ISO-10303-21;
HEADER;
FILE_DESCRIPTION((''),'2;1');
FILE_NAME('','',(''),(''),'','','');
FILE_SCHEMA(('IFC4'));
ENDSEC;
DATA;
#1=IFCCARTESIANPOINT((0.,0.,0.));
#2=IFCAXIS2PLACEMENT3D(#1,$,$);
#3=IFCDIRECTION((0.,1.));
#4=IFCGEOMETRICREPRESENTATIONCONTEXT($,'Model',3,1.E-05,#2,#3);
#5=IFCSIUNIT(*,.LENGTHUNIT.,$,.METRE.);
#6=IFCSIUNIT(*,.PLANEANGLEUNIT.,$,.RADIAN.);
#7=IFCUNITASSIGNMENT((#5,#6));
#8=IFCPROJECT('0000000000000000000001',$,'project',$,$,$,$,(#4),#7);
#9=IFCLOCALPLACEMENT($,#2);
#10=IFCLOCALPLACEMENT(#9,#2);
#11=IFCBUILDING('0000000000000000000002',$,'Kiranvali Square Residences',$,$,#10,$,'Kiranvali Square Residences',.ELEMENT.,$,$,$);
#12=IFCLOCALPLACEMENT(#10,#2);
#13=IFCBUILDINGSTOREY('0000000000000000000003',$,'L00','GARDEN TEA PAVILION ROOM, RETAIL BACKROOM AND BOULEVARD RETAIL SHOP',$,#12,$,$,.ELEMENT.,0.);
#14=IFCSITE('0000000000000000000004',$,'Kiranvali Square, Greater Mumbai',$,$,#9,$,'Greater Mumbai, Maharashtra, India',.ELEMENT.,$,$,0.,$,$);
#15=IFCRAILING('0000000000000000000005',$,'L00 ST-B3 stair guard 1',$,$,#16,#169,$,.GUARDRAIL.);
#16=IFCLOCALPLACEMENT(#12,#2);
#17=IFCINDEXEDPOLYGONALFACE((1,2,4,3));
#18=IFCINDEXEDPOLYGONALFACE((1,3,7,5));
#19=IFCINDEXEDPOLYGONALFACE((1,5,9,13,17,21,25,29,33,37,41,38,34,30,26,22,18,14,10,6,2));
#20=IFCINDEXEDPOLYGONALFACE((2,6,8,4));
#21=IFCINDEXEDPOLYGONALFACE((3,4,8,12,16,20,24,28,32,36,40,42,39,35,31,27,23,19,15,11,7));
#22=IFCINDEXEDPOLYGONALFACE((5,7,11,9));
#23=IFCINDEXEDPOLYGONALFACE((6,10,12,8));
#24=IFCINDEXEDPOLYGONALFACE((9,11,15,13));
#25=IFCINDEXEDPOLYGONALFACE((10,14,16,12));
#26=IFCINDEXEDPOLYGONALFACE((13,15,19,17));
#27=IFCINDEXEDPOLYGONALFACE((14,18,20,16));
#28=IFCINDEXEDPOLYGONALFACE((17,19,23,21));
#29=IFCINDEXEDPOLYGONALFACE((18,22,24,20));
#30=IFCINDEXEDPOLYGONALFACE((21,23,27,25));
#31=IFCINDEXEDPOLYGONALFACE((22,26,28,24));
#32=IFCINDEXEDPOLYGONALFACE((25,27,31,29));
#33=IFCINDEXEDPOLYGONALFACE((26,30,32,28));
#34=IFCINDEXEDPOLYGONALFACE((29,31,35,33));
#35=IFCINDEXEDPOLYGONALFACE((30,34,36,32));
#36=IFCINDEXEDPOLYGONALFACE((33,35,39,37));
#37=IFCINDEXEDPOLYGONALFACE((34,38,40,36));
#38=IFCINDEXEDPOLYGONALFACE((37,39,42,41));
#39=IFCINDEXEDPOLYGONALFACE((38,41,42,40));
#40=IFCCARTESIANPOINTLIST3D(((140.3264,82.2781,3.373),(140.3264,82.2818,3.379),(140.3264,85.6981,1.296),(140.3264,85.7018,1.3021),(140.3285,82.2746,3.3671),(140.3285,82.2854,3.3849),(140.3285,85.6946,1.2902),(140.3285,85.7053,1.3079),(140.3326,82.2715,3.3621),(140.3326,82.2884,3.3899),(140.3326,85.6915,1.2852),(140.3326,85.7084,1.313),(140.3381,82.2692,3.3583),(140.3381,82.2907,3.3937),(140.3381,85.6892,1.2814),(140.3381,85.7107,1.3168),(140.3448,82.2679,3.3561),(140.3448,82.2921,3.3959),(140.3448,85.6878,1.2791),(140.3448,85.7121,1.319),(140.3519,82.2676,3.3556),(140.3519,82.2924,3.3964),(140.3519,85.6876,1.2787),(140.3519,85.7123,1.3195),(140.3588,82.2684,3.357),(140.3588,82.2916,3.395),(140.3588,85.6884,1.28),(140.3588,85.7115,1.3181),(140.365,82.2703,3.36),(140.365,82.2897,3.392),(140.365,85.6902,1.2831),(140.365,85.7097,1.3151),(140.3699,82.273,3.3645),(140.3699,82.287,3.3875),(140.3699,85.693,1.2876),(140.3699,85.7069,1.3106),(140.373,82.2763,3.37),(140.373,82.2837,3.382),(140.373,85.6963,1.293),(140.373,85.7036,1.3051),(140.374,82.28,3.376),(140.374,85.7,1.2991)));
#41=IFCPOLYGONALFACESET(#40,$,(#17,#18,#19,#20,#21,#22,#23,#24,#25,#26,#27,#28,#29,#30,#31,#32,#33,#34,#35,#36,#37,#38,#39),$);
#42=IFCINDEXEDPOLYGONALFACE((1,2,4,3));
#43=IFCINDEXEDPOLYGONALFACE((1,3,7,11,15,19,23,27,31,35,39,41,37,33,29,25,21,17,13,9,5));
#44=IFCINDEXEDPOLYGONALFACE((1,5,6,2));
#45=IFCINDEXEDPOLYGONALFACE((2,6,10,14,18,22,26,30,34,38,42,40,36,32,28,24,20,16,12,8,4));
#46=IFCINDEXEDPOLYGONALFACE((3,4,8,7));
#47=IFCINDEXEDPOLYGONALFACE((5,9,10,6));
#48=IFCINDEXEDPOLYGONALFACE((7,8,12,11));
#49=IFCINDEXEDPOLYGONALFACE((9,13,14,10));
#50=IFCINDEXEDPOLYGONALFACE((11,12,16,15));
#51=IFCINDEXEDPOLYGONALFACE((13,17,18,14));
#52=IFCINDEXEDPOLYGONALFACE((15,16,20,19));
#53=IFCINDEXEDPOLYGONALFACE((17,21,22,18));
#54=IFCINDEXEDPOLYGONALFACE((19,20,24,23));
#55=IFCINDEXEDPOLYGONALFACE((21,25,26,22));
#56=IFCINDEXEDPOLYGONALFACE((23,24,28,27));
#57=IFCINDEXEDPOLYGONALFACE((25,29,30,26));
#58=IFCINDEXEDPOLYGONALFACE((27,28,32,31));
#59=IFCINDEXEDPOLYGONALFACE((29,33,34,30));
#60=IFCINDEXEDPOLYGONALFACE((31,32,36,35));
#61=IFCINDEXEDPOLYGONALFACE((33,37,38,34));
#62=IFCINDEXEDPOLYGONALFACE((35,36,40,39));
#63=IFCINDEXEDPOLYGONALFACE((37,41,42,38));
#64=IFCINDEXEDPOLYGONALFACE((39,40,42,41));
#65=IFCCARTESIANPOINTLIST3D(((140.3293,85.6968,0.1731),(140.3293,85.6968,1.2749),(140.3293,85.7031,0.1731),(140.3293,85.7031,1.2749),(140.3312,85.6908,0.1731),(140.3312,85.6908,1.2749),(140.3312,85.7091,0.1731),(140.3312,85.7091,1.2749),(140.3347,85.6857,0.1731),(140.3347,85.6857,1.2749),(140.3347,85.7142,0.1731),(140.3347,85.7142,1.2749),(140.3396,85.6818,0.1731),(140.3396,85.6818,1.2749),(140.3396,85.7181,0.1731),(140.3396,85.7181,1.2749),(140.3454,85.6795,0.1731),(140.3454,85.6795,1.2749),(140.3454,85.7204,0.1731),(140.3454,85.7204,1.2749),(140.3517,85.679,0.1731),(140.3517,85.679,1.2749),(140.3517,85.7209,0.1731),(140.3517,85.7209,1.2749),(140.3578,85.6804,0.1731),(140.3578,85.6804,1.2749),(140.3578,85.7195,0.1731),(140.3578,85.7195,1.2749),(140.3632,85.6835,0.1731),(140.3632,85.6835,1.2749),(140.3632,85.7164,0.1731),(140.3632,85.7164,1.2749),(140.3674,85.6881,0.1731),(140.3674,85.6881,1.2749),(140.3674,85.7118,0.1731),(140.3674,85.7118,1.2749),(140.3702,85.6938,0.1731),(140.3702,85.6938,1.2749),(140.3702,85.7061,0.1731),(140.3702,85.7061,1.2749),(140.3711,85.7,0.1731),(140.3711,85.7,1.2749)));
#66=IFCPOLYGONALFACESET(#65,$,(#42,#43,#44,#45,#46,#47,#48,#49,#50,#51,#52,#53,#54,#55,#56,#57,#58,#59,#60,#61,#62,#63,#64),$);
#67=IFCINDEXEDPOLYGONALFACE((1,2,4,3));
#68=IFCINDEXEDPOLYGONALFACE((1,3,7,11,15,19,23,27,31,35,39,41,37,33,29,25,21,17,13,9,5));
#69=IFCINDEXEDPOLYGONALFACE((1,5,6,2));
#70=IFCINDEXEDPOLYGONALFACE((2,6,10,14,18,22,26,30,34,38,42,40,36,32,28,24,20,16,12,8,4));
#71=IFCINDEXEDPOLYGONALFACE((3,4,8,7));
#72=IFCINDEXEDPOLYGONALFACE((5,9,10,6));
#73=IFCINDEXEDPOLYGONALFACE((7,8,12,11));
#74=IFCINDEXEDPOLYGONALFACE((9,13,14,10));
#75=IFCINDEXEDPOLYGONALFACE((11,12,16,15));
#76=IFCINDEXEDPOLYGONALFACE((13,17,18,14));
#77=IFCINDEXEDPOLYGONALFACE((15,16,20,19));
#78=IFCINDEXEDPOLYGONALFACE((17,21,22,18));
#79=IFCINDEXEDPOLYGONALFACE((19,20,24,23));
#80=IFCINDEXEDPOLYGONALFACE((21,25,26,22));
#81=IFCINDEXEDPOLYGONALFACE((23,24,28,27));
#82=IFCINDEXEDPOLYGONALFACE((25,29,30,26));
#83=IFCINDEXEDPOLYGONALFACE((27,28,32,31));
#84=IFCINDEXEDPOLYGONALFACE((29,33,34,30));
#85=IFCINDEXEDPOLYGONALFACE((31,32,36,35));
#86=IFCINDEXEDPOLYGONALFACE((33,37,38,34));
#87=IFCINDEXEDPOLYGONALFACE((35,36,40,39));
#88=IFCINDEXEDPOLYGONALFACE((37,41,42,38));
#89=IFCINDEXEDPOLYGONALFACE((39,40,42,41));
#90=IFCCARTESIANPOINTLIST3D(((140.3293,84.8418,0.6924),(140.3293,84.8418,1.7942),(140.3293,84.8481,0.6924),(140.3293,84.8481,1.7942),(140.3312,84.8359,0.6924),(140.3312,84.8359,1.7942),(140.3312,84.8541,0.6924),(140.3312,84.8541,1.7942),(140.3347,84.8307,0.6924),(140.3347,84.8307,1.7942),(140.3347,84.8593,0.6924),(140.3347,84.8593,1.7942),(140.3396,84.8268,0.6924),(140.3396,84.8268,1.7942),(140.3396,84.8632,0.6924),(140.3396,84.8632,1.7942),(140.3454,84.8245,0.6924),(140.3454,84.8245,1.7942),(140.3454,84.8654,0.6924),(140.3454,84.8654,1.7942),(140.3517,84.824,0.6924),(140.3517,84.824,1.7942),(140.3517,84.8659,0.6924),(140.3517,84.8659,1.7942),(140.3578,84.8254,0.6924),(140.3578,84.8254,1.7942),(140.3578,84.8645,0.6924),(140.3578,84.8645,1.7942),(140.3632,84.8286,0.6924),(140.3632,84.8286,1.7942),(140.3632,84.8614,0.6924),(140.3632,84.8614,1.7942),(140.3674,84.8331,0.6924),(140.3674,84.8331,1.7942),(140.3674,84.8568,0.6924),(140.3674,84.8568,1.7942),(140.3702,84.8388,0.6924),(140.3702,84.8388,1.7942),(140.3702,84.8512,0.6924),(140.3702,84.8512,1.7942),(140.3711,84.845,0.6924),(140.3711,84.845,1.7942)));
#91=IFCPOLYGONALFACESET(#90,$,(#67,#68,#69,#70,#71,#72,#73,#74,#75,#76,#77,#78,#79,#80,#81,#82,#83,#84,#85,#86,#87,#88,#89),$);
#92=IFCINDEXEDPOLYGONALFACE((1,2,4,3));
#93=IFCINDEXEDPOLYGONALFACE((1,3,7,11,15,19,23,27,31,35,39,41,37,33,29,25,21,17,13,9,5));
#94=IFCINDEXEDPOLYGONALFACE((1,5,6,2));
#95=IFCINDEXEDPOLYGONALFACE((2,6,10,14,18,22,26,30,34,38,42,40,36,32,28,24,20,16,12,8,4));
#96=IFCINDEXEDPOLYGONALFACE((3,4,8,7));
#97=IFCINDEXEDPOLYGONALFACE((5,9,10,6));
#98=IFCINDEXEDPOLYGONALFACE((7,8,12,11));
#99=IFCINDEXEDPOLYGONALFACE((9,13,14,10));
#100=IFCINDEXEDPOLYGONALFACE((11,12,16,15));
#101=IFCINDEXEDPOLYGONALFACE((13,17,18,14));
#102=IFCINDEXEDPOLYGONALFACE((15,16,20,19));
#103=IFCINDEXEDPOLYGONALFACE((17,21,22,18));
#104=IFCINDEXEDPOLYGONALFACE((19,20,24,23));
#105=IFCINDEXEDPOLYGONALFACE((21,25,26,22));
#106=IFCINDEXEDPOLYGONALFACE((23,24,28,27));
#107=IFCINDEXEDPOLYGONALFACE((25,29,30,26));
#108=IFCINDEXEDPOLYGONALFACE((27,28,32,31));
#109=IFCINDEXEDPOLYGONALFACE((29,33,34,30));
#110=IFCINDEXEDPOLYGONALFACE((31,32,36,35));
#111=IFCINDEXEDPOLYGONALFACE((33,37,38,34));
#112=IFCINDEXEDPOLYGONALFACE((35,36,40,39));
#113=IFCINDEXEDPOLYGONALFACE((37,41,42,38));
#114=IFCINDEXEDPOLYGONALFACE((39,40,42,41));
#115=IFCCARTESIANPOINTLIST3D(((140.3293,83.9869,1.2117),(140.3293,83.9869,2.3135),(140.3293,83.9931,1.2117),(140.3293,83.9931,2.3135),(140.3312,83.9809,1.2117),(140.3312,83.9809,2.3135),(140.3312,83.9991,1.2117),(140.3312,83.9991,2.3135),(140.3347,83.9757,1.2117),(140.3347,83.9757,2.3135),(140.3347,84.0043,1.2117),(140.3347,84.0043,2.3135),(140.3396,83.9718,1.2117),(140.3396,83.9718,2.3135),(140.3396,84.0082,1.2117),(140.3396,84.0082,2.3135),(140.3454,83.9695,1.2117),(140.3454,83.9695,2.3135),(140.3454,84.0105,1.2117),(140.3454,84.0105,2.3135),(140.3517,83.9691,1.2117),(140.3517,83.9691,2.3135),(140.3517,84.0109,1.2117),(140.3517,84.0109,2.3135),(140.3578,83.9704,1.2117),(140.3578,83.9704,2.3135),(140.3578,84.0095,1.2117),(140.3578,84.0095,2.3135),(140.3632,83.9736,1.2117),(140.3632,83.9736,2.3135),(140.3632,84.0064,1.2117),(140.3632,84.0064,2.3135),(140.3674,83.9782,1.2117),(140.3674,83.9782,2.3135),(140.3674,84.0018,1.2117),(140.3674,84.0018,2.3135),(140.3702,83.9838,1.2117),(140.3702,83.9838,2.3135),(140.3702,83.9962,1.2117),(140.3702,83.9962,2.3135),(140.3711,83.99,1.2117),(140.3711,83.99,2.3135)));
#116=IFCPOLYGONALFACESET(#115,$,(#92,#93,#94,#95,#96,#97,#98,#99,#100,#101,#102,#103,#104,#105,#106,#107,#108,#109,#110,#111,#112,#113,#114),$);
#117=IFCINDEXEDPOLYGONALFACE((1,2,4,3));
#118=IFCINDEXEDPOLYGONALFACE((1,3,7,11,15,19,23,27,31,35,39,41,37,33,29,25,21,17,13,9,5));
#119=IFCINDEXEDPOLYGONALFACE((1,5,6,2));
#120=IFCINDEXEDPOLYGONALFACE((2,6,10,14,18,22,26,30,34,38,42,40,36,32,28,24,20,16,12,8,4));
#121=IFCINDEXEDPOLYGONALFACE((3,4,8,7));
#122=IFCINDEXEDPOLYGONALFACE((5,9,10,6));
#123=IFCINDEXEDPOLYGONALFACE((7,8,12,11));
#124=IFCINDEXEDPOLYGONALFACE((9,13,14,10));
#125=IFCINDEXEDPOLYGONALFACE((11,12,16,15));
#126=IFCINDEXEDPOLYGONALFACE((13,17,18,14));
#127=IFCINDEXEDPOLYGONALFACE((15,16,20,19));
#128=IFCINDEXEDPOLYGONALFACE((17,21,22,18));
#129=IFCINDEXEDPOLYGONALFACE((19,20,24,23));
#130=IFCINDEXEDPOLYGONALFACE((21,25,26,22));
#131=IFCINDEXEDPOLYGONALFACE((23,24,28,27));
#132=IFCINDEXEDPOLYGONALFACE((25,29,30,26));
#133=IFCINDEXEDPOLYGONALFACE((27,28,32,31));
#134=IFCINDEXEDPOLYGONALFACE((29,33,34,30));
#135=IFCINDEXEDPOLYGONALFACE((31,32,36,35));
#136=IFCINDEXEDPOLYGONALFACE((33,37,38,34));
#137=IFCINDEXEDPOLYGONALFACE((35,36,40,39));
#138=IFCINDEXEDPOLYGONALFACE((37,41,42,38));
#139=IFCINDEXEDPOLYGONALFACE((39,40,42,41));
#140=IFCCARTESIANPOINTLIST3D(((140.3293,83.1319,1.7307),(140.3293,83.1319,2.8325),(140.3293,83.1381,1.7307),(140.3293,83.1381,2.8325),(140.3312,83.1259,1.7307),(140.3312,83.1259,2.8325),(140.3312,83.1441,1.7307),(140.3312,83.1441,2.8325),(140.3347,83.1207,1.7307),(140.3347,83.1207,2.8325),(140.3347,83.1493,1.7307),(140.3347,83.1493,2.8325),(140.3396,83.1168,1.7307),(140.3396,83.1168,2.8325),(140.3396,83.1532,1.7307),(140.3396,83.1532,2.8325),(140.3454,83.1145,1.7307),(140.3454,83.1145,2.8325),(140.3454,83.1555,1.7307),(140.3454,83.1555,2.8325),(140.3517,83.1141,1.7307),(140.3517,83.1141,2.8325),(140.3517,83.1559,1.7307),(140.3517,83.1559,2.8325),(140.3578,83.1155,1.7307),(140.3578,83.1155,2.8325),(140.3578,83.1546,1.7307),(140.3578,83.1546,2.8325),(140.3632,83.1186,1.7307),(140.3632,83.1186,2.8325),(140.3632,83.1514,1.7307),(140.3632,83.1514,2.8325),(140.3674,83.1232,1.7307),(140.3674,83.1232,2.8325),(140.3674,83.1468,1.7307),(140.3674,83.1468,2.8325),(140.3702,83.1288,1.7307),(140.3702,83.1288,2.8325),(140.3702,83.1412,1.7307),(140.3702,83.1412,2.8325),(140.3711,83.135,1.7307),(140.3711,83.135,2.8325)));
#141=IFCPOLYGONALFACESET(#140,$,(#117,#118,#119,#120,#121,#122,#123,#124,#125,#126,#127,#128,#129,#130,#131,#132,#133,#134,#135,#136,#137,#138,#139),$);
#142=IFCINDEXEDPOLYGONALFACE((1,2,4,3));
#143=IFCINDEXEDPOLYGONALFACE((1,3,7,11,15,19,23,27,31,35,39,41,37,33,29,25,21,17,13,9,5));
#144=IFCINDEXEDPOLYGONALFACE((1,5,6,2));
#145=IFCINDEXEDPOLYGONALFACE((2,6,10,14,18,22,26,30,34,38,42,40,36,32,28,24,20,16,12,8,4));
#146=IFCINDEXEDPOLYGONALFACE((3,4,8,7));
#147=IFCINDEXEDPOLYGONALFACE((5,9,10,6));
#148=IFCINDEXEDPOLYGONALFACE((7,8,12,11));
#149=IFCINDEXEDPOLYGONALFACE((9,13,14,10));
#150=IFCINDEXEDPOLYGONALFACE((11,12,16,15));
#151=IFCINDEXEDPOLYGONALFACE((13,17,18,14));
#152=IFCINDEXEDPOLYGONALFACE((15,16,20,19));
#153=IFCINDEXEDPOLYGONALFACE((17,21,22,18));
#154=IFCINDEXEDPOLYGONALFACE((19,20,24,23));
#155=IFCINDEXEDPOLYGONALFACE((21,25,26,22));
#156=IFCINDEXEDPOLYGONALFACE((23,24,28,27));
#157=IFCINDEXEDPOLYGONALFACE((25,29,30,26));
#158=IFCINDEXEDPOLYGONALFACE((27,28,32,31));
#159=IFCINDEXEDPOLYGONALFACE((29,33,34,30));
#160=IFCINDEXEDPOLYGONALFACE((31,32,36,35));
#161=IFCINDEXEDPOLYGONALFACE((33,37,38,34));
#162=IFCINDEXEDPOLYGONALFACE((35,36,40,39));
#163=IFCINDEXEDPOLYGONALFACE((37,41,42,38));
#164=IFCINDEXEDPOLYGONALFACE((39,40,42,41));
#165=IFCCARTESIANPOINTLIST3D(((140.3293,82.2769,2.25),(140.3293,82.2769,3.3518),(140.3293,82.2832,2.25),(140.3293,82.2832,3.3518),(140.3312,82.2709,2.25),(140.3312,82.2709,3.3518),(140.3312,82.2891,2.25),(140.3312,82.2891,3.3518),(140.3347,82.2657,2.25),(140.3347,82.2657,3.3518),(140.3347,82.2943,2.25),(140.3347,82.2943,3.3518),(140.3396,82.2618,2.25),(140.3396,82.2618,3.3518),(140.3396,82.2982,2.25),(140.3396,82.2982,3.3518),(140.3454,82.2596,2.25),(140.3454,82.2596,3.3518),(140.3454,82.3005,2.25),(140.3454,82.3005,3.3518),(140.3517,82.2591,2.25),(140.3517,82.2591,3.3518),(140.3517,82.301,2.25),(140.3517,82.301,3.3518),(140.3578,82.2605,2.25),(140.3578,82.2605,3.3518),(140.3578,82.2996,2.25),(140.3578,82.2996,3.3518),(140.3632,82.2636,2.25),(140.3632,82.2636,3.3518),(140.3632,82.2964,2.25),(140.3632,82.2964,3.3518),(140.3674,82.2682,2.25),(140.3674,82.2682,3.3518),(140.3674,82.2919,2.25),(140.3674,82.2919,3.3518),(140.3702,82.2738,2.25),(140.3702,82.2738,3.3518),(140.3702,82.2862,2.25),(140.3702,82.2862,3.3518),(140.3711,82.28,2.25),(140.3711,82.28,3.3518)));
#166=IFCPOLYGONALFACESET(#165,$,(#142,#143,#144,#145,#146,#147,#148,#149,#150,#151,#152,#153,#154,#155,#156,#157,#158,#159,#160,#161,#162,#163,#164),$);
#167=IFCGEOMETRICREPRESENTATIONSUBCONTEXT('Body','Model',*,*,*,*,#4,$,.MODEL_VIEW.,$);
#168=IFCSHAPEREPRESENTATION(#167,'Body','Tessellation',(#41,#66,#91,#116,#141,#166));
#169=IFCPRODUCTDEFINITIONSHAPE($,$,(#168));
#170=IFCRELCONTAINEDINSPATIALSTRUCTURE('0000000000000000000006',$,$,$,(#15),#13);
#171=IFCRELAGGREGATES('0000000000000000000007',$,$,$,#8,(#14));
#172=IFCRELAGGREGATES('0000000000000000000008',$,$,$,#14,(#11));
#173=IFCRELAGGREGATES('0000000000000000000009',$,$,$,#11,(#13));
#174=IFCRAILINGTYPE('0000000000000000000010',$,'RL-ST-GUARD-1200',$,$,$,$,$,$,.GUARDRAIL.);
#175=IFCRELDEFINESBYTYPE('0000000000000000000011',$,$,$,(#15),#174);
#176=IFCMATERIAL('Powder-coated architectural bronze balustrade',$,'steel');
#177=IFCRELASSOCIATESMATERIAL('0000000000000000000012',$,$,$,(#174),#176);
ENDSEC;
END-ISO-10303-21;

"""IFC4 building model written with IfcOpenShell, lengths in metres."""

from ifc_helpers import new_model, si_unit, direction, frame, origin, origin_2d, place, context, subcontext, project, spatial, circle, extrude, material, type_object, element, save


model = new_model("IFC4")

# Units and contexts
model_context = context("Model", 3, precision=1e-05, world=origin(), true_north=direction((0.0, 1.0)))
body_context = subcontext(model_context, "Body", "Model", "MODEL_VIEW")
ifc_project = project(units=[si_unit("LENGTHUNIT", "METRE"), si_unit("PLANEANGLEUNIT", "RADIAN")], contexts=[model_context])

# Site, building, storey
site_placement = place(None, origin())
site = spatial("IfcSite", under=ifc_project, at=site_placement, Name="Kiranvali Square, Greater Mumbai", LongName="Greater Mumbai, Maharashtra, India", CompositionType="ELEMENT", RefElevation=0.0)
building_placement = place(site_placement, origin())
building = spatial("IfcBuilding", under=site, at=building_placement, Name="Kiranvali Square Residences", LongName="Kiranvali Square Residences", CompositionType="ELEMENT")
storey_placement = place(building_placement, origin())
storey = spatial("IfcBuildingStorey", under=building, at=storey_placement, Name="L00", Description="GARDEN TEA PAVILION ROOM, RETAIL BACKROOM AND BOULEVARD RETAIL SHOP", CompositionType="ELEMENT", Elevation=0.0)

# Railing
ifc_material_1 = material(Name="Powder-coated architectural bronze balustrade", Category="steel")
railing_type_1 = type_object("IfcRailingType", Name="RL-ST-GUARD-1200", PredefinedType="GUARDRAIL", material=ifc_material_1)
railing_1_placement = place(storey_placement, frame((140.3501, 85.7, 0.1731)))
element("IfcRailing", 1, at=railing_1_placement, inside=storey, type_object=railing_type_1, Name="L00 ST-B3 stair guard 1", PredefinedType="GUARDRAIL", context=body_context, shape_type="SweptSolid", body=[
    extrude(circle(Radius=0.0239, at=origin_2d()), frame((0.0, 0.0, 1.126), z_axis=(0.0, -0.85473, 0.519074), x_axis=(1.0, 0.0, 0.0)), (0.0, 0.0, 1.0), 4.0012),
    extrude(circle(Radius=0.021, at=origin_2d()), origin(), (0.0, 0.0, 1.0), 1.1018),
    extrude(circle(Radius=0.021, at=origin_2d()), frame((0.0, -0.855, 0.5193)), (0.0, 0.0, 1.0), 1.1018),
    extrude(circle(Radius=0.021, at=origin_2d()), frame((0.0, -1.71, 1.0386)), (0.0, 0.0, 1.0), 1.1018),
    extrude(circle(Radius=0.021, at=origin_2d()), frame((0.0, -2.5649, 1.5576)), (0.0, 0.0, 1.0), 1.1018),
    extrude(circle(Radius=0.021, at=origin_2d()), frame((0.0, -3.4199, 2.0769)), (0.0, 0.0, 1.0), 1.1018),
])

save(model, "model.ifc")
